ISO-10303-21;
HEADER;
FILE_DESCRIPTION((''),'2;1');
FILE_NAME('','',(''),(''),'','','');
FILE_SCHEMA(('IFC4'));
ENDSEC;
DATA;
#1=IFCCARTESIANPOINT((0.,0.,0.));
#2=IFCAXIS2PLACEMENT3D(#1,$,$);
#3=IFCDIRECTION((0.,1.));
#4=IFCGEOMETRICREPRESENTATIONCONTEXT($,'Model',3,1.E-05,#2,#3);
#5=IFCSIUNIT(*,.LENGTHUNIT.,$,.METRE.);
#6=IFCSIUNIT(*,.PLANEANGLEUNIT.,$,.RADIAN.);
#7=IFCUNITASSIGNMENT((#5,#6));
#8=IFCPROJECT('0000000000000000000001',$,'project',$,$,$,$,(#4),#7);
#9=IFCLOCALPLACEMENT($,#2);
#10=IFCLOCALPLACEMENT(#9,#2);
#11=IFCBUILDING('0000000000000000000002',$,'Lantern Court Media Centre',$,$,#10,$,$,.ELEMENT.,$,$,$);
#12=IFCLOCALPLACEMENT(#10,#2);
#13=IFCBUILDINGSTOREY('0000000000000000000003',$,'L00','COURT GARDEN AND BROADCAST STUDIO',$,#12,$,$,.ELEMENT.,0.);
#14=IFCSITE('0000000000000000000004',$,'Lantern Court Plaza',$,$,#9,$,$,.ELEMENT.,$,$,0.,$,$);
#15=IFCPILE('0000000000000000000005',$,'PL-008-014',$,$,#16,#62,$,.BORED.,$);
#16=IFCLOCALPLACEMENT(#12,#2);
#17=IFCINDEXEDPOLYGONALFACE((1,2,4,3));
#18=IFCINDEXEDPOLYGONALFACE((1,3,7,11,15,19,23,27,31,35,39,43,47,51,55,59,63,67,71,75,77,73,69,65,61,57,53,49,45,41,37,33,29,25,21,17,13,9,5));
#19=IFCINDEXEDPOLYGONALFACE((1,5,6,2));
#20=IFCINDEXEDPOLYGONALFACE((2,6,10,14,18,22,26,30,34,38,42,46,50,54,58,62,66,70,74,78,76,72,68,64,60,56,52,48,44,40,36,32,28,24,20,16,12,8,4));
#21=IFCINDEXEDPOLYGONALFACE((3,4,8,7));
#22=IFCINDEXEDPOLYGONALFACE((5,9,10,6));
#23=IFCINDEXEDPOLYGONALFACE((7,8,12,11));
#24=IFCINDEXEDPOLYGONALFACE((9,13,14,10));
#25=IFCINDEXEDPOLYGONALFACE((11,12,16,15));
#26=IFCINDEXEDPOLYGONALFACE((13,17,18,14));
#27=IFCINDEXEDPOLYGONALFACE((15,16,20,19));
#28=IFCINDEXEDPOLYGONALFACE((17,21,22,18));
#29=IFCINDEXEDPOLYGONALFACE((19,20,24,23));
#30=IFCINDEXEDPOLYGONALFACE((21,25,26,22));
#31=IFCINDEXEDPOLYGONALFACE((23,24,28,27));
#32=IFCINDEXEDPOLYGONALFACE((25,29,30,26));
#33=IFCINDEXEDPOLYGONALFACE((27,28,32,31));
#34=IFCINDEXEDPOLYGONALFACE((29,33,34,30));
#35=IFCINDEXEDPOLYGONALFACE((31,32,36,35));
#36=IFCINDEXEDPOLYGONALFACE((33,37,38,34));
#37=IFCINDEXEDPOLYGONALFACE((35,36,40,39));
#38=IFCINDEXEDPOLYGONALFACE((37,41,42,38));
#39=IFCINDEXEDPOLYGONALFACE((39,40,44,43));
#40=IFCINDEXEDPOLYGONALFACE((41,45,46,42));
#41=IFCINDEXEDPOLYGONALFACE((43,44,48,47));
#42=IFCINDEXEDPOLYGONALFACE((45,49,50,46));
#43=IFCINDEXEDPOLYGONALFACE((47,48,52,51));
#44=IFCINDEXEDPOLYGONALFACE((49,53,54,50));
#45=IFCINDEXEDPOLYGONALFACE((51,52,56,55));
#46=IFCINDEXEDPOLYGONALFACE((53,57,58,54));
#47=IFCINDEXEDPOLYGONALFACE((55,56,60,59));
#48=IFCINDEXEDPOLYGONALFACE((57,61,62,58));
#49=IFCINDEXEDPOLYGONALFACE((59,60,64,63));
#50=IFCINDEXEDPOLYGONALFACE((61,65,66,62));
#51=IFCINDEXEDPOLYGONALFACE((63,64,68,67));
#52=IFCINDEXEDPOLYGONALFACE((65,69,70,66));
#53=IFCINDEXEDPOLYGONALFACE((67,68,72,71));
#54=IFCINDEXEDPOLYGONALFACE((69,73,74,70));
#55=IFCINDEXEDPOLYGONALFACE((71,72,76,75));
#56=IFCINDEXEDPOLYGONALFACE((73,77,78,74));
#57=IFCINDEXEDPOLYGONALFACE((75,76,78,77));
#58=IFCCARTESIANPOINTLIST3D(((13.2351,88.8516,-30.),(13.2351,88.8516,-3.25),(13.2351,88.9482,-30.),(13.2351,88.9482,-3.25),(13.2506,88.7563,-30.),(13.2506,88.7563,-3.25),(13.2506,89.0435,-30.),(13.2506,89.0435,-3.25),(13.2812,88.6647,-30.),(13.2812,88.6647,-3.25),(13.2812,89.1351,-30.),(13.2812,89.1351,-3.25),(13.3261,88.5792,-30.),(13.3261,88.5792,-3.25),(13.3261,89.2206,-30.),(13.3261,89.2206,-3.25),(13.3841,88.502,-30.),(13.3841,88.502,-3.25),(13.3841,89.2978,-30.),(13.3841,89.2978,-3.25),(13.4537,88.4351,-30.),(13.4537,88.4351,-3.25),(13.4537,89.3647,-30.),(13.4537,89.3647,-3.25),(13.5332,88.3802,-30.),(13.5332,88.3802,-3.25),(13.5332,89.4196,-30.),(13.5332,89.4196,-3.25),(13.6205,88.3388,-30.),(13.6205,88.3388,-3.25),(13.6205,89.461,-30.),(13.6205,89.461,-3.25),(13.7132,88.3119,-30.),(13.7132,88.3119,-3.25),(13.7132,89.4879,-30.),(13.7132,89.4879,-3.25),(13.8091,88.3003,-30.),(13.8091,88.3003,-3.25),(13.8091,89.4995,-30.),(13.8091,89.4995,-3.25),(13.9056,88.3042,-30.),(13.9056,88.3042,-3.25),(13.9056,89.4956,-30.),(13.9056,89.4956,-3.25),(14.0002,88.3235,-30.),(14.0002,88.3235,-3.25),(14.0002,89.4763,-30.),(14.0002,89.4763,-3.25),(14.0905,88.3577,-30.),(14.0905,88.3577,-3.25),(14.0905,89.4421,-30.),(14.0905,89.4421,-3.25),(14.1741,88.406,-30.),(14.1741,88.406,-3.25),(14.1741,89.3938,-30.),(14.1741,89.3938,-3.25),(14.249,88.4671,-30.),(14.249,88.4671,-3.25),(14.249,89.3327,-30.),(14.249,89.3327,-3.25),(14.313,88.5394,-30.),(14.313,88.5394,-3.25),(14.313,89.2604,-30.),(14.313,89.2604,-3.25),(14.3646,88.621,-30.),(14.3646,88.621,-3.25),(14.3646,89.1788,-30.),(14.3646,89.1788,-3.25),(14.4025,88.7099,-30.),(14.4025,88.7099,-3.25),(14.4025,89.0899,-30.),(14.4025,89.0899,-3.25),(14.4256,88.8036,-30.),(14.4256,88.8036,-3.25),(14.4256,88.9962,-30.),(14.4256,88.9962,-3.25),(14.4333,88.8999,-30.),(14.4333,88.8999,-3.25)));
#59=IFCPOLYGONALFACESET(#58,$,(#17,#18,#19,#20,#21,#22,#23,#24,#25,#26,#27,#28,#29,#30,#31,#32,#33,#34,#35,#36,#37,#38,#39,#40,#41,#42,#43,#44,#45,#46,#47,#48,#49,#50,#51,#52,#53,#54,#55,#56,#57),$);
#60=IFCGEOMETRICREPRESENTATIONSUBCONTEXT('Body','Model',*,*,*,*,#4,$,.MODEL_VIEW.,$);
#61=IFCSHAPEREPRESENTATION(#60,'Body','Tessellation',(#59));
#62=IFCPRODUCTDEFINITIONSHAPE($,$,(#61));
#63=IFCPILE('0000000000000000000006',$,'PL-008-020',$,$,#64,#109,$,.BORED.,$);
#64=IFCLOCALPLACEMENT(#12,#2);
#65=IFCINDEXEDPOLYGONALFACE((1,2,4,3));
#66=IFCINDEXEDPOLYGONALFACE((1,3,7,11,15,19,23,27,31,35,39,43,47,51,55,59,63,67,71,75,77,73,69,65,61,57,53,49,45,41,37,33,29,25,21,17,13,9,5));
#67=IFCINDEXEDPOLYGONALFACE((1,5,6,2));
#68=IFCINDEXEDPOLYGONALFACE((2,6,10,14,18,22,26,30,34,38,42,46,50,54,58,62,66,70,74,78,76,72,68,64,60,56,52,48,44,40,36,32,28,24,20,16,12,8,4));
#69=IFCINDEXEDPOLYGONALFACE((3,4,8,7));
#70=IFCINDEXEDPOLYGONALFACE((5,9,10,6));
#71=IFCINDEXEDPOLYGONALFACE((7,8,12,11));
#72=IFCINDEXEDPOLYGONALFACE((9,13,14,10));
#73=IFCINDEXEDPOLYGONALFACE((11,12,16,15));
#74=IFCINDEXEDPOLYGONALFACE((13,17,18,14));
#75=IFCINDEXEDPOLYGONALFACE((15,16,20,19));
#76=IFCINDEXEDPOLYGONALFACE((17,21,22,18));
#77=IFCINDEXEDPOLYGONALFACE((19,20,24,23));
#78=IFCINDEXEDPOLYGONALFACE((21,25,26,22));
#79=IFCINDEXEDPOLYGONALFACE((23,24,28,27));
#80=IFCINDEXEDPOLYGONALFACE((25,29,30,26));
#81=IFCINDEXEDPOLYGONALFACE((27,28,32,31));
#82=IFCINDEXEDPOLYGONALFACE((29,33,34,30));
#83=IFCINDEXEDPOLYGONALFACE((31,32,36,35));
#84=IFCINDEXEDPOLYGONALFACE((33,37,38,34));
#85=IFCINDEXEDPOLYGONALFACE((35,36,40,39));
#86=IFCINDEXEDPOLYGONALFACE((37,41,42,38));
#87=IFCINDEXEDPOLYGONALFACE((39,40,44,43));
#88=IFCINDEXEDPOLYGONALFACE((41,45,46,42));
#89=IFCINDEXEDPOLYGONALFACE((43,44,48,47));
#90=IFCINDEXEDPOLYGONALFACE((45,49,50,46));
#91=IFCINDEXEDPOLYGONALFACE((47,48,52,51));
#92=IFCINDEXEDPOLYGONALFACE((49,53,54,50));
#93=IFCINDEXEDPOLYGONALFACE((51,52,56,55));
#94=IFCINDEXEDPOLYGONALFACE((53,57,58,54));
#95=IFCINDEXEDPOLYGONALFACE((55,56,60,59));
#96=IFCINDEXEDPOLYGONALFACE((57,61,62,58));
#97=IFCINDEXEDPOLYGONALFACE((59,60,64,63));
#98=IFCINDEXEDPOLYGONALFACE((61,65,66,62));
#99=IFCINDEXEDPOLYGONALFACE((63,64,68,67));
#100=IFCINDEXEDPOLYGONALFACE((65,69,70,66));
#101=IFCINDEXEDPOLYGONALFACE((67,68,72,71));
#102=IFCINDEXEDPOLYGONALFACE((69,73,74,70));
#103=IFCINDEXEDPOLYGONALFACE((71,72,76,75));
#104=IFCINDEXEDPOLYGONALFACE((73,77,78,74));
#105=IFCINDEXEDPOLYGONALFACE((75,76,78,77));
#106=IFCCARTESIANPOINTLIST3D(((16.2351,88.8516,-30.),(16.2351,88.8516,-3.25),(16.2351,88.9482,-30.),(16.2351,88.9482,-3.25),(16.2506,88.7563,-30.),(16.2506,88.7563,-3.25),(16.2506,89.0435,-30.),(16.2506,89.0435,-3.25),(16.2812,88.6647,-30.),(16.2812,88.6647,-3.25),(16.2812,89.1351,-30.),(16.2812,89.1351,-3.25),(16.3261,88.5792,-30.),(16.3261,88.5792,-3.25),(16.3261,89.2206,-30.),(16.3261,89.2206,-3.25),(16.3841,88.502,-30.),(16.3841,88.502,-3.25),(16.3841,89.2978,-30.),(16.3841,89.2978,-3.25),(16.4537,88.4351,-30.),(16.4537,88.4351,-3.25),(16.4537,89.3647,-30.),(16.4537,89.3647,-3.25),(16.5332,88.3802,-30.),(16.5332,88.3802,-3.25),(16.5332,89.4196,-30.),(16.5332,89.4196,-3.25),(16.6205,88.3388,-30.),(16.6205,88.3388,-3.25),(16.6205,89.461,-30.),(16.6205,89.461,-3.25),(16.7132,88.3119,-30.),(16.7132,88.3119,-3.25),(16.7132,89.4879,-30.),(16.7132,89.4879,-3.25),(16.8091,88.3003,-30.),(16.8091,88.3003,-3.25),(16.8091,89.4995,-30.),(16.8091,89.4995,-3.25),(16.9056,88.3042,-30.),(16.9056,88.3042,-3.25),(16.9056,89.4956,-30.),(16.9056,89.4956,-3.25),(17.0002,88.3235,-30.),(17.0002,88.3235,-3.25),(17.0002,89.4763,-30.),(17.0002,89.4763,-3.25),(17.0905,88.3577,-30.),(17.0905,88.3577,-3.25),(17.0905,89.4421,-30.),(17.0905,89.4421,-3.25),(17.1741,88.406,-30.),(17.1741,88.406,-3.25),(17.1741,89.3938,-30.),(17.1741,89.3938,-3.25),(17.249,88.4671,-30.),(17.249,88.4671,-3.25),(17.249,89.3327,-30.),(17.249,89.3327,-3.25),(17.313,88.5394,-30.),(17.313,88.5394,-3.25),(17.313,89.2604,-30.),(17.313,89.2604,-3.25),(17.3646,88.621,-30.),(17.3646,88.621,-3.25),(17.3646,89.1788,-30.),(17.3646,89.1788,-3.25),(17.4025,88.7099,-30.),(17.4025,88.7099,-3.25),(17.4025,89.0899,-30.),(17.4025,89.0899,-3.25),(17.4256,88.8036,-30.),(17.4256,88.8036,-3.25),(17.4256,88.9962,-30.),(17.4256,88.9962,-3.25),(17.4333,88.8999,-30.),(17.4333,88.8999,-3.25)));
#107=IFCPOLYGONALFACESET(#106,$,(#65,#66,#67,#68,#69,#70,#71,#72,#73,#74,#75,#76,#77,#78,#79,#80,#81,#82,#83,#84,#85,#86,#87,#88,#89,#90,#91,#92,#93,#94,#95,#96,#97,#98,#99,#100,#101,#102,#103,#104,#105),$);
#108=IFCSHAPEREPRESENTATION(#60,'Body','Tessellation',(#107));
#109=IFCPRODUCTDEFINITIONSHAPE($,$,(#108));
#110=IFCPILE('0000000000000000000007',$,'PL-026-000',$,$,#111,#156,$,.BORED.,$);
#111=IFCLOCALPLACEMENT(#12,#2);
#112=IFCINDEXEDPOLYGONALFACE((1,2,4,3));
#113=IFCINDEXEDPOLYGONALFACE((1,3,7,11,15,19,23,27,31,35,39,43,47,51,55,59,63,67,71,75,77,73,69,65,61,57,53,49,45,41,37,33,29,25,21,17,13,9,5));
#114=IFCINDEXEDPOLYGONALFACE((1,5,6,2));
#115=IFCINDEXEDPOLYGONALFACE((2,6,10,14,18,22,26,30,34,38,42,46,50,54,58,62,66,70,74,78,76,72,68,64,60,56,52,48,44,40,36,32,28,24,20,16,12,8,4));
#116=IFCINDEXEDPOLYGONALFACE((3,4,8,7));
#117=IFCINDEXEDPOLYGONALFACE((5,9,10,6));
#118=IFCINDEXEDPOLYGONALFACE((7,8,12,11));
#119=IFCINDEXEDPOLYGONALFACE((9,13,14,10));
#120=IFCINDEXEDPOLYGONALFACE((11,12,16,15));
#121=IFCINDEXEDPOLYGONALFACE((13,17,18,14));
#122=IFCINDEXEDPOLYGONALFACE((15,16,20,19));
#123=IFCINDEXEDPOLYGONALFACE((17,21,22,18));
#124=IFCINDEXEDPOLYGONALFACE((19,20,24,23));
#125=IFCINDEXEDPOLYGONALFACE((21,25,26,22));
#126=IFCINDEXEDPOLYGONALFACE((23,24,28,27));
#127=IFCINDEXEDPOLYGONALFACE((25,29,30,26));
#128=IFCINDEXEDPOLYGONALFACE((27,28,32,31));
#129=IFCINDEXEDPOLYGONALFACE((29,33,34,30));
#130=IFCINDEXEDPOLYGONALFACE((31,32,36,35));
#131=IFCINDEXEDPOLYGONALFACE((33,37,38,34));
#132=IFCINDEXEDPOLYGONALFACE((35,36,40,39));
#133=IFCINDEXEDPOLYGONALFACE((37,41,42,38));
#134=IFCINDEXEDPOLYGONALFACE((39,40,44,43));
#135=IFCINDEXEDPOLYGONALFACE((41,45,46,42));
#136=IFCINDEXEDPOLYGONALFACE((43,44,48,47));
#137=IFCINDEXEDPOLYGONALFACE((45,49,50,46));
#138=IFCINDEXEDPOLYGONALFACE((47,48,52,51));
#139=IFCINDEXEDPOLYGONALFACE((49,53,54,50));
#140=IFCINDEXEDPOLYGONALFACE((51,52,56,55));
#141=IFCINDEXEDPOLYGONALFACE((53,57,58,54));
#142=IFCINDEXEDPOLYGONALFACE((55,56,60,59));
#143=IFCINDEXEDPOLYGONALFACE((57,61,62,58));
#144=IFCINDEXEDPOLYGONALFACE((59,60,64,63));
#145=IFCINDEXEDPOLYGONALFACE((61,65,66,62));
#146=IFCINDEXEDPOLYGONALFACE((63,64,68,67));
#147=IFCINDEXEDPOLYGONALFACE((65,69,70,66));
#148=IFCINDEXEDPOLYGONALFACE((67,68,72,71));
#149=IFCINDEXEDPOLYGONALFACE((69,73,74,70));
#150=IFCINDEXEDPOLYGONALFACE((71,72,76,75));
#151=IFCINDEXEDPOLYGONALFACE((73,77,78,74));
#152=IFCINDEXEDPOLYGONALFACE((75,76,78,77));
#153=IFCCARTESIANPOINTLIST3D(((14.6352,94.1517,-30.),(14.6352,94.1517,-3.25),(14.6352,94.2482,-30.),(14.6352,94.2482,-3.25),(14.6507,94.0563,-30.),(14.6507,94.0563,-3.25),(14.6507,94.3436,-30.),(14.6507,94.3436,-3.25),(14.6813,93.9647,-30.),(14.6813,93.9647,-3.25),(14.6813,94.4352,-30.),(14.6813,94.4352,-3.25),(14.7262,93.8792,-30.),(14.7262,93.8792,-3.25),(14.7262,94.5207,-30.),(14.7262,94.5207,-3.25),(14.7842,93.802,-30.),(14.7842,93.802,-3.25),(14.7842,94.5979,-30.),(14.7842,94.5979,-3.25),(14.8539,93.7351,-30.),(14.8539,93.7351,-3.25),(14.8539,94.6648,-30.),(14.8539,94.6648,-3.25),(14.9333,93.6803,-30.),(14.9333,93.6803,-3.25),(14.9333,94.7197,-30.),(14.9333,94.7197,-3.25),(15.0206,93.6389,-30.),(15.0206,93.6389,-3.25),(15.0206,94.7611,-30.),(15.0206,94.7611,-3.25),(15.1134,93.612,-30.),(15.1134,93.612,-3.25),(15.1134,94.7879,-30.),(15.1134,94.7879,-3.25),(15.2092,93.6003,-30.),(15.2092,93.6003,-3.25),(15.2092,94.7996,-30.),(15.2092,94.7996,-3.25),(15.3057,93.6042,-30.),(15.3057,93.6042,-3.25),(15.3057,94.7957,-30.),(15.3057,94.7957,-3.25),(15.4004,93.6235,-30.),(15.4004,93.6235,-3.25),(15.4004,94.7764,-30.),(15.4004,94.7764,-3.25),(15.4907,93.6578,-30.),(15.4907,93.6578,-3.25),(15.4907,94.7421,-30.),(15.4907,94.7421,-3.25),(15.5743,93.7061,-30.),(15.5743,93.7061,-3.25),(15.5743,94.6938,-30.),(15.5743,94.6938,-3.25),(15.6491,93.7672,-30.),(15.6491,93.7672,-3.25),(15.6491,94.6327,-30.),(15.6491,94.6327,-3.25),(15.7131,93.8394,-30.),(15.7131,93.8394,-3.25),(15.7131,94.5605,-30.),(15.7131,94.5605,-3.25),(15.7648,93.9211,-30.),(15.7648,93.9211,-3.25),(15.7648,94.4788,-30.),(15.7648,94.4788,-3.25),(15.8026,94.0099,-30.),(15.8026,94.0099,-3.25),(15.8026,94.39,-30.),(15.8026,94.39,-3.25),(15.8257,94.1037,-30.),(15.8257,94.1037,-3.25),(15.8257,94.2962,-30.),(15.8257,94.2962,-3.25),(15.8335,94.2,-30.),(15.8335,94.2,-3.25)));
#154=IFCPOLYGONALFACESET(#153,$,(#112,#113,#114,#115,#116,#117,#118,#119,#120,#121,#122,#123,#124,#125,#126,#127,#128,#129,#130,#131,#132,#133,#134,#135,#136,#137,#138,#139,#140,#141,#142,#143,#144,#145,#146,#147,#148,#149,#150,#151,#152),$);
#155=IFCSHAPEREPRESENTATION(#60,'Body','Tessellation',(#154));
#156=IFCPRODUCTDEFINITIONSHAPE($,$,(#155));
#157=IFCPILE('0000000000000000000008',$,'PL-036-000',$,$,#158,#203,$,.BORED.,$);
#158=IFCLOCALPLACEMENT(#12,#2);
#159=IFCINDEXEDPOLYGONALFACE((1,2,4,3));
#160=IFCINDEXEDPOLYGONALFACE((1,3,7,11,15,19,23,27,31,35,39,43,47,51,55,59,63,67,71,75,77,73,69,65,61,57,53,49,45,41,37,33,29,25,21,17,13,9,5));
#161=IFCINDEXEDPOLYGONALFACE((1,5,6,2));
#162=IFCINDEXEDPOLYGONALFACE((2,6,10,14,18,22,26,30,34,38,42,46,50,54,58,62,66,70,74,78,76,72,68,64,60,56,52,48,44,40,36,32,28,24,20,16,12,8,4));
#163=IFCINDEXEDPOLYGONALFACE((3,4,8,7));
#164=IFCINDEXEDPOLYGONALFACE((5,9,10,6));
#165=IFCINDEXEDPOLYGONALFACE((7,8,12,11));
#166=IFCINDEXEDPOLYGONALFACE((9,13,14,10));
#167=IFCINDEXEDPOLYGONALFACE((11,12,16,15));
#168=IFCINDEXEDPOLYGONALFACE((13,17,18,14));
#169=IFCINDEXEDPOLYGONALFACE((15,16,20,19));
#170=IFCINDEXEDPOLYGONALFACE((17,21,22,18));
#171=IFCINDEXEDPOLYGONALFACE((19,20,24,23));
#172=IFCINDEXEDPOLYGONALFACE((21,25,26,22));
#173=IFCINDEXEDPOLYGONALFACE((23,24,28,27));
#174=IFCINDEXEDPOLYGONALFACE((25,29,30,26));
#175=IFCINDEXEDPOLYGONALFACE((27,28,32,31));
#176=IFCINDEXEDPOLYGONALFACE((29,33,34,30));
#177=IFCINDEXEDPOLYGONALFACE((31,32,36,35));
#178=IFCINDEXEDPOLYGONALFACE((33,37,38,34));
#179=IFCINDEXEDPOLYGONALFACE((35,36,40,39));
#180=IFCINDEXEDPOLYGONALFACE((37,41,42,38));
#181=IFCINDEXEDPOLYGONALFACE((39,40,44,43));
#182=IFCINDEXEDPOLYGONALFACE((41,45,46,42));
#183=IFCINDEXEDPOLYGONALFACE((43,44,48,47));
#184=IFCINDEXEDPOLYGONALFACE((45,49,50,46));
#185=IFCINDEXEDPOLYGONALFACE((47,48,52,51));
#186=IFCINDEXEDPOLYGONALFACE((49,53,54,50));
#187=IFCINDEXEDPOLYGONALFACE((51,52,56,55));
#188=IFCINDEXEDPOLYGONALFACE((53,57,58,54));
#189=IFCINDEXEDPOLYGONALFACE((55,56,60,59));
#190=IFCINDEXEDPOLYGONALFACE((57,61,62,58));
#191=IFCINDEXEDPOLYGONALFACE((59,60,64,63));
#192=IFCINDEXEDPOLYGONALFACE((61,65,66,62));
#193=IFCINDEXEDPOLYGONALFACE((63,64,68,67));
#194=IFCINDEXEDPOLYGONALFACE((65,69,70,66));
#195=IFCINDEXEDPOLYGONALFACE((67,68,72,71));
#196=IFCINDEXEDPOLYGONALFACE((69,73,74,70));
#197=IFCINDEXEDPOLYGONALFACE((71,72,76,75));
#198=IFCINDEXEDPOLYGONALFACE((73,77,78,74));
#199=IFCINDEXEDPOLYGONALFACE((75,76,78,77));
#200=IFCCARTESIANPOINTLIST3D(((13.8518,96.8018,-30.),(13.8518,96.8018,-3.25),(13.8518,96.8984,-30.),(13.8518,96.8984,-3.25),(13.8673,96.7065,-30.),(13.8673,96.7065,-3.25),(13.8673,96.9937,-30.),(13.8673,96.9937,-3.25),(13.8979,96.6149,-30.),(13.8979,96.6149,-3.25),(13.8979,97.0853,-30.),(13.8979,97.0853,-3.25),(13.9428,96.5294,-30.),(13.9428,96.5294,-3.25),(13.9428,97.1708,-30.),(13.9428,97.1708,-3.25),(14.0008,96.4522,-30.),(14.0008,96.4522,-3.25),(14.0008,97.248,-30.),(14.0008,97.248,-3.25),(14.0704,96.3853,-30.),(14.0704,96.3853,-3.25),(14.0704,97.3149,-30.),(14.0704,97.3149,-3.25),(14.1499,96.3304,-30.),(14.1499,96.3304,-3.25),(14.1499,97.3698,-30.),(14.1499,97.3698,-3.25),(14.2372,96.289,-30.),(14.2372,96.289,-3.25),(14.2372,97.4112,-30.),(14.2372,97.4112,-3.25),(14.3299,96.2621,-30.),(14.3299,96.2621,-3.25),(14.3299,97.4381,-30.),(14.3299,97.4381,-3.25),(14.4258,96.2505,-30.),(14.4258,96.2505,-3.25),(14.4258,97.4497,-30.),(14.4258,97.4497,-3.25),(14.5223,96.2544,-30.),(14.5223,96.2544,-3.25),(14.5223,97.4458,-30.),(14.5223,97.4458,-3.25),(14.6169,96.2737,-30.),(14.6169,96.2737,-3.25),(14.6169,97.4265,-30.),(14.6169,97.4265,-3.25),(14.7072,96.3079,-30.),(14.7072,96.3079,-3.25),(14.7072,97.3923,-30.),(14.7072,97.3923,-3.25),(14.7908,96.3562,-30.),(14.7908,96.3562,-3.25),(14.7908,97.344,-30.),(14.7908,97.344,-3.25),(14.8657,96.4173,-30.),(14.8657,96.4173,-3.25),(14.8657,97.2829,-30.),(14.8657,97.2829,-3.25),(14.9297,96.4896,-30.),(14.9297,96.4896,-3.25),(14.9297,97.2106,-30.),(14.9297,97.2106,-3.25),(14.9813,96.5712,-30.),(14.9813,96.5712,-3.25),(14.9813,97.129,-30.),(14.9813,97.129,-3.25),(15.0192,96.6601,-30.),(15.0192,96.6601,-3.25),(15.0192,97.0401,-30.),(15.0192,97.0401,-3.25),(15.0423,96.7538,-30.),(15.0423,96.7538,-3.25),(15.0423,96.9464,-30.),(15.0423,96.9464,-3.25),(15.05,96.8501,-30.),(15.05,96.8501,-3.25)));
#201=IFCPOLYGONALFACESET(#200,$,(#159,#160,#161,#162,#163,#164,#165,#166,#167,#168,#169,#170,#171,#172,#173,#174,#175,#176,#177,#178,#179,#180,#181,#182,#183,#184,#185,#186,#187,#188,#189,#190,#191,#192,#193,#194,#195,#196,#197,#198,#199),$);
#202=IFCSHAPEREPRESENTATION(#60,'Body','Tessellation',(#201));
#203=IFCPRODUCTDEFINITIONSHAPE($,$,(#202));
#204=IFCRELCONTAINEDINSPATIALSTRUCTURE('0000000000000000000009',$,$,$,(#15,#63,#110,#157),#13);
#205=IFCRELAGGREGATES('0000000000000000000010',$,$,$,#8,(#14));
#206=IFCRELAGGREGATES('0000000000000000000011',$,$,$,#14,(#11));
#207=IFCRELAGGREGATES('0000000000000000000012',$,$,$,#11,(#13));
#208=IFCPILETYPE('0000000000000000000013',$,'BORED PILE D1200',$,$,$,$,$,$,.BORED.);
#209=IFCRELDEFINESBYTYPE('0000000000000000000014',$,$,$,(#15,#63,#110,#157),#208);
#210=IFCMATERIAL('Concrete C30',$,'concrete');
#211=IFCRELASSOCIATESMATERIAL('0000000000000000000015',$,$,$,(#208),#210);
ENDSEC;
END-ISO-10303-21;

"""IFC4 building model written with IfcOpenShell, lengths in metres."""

from ifc_helpers import new_model, si_unit, direction, frame, origin, origin_2d, place, context, subcontext, project, spatial, circle, extrude, material, material_profile, profile_set, type_object, element, save


model = new_model("IFC4")

# Units and contexts
model_context = context("Model", 3, precision=1e-05, world=origin(), true_north=direction((0.0, 1.0)))
body_context = subcontext(model_context, "Body", "Model", "MODEL_VIEW")
ifc_project = project(units=[si_unit("LENGTHUNIT", "METRE"), si_unit("PLANEANGLEUNIT", "RADIAN")], contexts=[model_context])

# Site, building, storey
site_placement = place(None, origin())
site = spatial("IfcSite", under=ifc_project, at=site_placement, Name="Lantern Court Plaza", CompositionType="ELEMENT", RefElevation=0.0)
building_placement = place(site_placement, origin())
building = spatial("IfcBuilding", under=site, at=building_placement, Name="Lantern Court Media Centre", CompositionType="ELEMENT")
storey_placement = place(building_placement, origin())
storey = spatial("IfcBuildingStorey", under=building, at=storey_placement, Name="L00", Description="COURT GARDEN AND BROADCAST STUDIO", CompositionType="ELEMENT", Elevation=0.0)

# Piles
ifc_material_1 = material(Name="Concrete C30", Category="concrete")
ifc_material_profile_1 = material_profile(ifc_material_1, circle(Radius=0.6001, at=origin_2d()), Name="D1200")
ifc_profile_set_1 = profile_set([ifc_material_profile_1], Name="Concrete C30")
pile_type = type_object("IfcPileType", Name="BORED PILE D1200", PredefinedType="BORED", material=ifc_profile_set_1)
for number, where, z_axis, x_axis, name in (
    (1, (13.8333, 88.8999, -3.25), (0.0, 0.0, -1.0), (1.0, 0.0, 0.0), "PL-008-014"),
    (2, (16.8333, 88.8999, -3.25), (0.0, 0.0, -1.0), (1.0, 0.0, 0.0), "PL-008-020"),
    (3, (15.2334, 94.2, -3.25), (0.0, 0.0, -1.0), (1.0, 0.0, 0.0), "PL-026-000"),
    (4, (14.45, 96.8501, -3.25), (0.0, 0.0, -1.0), (1.0, 0.0, 0.0), "PL-036-000"),
):
    element("IfcPile", number, at=place(storey_placement, frame(where, z_axis=z_axis, x_axis=x_axis)), inside=storey, type_object=pile_type, Name=name, PredefinedType="BORED", context=body_context, shape_type="SweptSolid", body=[
        extrude(circle(Radius=0.6001, at=origin_2d()), origin(), (0.0, 0.0, 1.0), 26.75),
    ])

save(model, "model.ifc")
